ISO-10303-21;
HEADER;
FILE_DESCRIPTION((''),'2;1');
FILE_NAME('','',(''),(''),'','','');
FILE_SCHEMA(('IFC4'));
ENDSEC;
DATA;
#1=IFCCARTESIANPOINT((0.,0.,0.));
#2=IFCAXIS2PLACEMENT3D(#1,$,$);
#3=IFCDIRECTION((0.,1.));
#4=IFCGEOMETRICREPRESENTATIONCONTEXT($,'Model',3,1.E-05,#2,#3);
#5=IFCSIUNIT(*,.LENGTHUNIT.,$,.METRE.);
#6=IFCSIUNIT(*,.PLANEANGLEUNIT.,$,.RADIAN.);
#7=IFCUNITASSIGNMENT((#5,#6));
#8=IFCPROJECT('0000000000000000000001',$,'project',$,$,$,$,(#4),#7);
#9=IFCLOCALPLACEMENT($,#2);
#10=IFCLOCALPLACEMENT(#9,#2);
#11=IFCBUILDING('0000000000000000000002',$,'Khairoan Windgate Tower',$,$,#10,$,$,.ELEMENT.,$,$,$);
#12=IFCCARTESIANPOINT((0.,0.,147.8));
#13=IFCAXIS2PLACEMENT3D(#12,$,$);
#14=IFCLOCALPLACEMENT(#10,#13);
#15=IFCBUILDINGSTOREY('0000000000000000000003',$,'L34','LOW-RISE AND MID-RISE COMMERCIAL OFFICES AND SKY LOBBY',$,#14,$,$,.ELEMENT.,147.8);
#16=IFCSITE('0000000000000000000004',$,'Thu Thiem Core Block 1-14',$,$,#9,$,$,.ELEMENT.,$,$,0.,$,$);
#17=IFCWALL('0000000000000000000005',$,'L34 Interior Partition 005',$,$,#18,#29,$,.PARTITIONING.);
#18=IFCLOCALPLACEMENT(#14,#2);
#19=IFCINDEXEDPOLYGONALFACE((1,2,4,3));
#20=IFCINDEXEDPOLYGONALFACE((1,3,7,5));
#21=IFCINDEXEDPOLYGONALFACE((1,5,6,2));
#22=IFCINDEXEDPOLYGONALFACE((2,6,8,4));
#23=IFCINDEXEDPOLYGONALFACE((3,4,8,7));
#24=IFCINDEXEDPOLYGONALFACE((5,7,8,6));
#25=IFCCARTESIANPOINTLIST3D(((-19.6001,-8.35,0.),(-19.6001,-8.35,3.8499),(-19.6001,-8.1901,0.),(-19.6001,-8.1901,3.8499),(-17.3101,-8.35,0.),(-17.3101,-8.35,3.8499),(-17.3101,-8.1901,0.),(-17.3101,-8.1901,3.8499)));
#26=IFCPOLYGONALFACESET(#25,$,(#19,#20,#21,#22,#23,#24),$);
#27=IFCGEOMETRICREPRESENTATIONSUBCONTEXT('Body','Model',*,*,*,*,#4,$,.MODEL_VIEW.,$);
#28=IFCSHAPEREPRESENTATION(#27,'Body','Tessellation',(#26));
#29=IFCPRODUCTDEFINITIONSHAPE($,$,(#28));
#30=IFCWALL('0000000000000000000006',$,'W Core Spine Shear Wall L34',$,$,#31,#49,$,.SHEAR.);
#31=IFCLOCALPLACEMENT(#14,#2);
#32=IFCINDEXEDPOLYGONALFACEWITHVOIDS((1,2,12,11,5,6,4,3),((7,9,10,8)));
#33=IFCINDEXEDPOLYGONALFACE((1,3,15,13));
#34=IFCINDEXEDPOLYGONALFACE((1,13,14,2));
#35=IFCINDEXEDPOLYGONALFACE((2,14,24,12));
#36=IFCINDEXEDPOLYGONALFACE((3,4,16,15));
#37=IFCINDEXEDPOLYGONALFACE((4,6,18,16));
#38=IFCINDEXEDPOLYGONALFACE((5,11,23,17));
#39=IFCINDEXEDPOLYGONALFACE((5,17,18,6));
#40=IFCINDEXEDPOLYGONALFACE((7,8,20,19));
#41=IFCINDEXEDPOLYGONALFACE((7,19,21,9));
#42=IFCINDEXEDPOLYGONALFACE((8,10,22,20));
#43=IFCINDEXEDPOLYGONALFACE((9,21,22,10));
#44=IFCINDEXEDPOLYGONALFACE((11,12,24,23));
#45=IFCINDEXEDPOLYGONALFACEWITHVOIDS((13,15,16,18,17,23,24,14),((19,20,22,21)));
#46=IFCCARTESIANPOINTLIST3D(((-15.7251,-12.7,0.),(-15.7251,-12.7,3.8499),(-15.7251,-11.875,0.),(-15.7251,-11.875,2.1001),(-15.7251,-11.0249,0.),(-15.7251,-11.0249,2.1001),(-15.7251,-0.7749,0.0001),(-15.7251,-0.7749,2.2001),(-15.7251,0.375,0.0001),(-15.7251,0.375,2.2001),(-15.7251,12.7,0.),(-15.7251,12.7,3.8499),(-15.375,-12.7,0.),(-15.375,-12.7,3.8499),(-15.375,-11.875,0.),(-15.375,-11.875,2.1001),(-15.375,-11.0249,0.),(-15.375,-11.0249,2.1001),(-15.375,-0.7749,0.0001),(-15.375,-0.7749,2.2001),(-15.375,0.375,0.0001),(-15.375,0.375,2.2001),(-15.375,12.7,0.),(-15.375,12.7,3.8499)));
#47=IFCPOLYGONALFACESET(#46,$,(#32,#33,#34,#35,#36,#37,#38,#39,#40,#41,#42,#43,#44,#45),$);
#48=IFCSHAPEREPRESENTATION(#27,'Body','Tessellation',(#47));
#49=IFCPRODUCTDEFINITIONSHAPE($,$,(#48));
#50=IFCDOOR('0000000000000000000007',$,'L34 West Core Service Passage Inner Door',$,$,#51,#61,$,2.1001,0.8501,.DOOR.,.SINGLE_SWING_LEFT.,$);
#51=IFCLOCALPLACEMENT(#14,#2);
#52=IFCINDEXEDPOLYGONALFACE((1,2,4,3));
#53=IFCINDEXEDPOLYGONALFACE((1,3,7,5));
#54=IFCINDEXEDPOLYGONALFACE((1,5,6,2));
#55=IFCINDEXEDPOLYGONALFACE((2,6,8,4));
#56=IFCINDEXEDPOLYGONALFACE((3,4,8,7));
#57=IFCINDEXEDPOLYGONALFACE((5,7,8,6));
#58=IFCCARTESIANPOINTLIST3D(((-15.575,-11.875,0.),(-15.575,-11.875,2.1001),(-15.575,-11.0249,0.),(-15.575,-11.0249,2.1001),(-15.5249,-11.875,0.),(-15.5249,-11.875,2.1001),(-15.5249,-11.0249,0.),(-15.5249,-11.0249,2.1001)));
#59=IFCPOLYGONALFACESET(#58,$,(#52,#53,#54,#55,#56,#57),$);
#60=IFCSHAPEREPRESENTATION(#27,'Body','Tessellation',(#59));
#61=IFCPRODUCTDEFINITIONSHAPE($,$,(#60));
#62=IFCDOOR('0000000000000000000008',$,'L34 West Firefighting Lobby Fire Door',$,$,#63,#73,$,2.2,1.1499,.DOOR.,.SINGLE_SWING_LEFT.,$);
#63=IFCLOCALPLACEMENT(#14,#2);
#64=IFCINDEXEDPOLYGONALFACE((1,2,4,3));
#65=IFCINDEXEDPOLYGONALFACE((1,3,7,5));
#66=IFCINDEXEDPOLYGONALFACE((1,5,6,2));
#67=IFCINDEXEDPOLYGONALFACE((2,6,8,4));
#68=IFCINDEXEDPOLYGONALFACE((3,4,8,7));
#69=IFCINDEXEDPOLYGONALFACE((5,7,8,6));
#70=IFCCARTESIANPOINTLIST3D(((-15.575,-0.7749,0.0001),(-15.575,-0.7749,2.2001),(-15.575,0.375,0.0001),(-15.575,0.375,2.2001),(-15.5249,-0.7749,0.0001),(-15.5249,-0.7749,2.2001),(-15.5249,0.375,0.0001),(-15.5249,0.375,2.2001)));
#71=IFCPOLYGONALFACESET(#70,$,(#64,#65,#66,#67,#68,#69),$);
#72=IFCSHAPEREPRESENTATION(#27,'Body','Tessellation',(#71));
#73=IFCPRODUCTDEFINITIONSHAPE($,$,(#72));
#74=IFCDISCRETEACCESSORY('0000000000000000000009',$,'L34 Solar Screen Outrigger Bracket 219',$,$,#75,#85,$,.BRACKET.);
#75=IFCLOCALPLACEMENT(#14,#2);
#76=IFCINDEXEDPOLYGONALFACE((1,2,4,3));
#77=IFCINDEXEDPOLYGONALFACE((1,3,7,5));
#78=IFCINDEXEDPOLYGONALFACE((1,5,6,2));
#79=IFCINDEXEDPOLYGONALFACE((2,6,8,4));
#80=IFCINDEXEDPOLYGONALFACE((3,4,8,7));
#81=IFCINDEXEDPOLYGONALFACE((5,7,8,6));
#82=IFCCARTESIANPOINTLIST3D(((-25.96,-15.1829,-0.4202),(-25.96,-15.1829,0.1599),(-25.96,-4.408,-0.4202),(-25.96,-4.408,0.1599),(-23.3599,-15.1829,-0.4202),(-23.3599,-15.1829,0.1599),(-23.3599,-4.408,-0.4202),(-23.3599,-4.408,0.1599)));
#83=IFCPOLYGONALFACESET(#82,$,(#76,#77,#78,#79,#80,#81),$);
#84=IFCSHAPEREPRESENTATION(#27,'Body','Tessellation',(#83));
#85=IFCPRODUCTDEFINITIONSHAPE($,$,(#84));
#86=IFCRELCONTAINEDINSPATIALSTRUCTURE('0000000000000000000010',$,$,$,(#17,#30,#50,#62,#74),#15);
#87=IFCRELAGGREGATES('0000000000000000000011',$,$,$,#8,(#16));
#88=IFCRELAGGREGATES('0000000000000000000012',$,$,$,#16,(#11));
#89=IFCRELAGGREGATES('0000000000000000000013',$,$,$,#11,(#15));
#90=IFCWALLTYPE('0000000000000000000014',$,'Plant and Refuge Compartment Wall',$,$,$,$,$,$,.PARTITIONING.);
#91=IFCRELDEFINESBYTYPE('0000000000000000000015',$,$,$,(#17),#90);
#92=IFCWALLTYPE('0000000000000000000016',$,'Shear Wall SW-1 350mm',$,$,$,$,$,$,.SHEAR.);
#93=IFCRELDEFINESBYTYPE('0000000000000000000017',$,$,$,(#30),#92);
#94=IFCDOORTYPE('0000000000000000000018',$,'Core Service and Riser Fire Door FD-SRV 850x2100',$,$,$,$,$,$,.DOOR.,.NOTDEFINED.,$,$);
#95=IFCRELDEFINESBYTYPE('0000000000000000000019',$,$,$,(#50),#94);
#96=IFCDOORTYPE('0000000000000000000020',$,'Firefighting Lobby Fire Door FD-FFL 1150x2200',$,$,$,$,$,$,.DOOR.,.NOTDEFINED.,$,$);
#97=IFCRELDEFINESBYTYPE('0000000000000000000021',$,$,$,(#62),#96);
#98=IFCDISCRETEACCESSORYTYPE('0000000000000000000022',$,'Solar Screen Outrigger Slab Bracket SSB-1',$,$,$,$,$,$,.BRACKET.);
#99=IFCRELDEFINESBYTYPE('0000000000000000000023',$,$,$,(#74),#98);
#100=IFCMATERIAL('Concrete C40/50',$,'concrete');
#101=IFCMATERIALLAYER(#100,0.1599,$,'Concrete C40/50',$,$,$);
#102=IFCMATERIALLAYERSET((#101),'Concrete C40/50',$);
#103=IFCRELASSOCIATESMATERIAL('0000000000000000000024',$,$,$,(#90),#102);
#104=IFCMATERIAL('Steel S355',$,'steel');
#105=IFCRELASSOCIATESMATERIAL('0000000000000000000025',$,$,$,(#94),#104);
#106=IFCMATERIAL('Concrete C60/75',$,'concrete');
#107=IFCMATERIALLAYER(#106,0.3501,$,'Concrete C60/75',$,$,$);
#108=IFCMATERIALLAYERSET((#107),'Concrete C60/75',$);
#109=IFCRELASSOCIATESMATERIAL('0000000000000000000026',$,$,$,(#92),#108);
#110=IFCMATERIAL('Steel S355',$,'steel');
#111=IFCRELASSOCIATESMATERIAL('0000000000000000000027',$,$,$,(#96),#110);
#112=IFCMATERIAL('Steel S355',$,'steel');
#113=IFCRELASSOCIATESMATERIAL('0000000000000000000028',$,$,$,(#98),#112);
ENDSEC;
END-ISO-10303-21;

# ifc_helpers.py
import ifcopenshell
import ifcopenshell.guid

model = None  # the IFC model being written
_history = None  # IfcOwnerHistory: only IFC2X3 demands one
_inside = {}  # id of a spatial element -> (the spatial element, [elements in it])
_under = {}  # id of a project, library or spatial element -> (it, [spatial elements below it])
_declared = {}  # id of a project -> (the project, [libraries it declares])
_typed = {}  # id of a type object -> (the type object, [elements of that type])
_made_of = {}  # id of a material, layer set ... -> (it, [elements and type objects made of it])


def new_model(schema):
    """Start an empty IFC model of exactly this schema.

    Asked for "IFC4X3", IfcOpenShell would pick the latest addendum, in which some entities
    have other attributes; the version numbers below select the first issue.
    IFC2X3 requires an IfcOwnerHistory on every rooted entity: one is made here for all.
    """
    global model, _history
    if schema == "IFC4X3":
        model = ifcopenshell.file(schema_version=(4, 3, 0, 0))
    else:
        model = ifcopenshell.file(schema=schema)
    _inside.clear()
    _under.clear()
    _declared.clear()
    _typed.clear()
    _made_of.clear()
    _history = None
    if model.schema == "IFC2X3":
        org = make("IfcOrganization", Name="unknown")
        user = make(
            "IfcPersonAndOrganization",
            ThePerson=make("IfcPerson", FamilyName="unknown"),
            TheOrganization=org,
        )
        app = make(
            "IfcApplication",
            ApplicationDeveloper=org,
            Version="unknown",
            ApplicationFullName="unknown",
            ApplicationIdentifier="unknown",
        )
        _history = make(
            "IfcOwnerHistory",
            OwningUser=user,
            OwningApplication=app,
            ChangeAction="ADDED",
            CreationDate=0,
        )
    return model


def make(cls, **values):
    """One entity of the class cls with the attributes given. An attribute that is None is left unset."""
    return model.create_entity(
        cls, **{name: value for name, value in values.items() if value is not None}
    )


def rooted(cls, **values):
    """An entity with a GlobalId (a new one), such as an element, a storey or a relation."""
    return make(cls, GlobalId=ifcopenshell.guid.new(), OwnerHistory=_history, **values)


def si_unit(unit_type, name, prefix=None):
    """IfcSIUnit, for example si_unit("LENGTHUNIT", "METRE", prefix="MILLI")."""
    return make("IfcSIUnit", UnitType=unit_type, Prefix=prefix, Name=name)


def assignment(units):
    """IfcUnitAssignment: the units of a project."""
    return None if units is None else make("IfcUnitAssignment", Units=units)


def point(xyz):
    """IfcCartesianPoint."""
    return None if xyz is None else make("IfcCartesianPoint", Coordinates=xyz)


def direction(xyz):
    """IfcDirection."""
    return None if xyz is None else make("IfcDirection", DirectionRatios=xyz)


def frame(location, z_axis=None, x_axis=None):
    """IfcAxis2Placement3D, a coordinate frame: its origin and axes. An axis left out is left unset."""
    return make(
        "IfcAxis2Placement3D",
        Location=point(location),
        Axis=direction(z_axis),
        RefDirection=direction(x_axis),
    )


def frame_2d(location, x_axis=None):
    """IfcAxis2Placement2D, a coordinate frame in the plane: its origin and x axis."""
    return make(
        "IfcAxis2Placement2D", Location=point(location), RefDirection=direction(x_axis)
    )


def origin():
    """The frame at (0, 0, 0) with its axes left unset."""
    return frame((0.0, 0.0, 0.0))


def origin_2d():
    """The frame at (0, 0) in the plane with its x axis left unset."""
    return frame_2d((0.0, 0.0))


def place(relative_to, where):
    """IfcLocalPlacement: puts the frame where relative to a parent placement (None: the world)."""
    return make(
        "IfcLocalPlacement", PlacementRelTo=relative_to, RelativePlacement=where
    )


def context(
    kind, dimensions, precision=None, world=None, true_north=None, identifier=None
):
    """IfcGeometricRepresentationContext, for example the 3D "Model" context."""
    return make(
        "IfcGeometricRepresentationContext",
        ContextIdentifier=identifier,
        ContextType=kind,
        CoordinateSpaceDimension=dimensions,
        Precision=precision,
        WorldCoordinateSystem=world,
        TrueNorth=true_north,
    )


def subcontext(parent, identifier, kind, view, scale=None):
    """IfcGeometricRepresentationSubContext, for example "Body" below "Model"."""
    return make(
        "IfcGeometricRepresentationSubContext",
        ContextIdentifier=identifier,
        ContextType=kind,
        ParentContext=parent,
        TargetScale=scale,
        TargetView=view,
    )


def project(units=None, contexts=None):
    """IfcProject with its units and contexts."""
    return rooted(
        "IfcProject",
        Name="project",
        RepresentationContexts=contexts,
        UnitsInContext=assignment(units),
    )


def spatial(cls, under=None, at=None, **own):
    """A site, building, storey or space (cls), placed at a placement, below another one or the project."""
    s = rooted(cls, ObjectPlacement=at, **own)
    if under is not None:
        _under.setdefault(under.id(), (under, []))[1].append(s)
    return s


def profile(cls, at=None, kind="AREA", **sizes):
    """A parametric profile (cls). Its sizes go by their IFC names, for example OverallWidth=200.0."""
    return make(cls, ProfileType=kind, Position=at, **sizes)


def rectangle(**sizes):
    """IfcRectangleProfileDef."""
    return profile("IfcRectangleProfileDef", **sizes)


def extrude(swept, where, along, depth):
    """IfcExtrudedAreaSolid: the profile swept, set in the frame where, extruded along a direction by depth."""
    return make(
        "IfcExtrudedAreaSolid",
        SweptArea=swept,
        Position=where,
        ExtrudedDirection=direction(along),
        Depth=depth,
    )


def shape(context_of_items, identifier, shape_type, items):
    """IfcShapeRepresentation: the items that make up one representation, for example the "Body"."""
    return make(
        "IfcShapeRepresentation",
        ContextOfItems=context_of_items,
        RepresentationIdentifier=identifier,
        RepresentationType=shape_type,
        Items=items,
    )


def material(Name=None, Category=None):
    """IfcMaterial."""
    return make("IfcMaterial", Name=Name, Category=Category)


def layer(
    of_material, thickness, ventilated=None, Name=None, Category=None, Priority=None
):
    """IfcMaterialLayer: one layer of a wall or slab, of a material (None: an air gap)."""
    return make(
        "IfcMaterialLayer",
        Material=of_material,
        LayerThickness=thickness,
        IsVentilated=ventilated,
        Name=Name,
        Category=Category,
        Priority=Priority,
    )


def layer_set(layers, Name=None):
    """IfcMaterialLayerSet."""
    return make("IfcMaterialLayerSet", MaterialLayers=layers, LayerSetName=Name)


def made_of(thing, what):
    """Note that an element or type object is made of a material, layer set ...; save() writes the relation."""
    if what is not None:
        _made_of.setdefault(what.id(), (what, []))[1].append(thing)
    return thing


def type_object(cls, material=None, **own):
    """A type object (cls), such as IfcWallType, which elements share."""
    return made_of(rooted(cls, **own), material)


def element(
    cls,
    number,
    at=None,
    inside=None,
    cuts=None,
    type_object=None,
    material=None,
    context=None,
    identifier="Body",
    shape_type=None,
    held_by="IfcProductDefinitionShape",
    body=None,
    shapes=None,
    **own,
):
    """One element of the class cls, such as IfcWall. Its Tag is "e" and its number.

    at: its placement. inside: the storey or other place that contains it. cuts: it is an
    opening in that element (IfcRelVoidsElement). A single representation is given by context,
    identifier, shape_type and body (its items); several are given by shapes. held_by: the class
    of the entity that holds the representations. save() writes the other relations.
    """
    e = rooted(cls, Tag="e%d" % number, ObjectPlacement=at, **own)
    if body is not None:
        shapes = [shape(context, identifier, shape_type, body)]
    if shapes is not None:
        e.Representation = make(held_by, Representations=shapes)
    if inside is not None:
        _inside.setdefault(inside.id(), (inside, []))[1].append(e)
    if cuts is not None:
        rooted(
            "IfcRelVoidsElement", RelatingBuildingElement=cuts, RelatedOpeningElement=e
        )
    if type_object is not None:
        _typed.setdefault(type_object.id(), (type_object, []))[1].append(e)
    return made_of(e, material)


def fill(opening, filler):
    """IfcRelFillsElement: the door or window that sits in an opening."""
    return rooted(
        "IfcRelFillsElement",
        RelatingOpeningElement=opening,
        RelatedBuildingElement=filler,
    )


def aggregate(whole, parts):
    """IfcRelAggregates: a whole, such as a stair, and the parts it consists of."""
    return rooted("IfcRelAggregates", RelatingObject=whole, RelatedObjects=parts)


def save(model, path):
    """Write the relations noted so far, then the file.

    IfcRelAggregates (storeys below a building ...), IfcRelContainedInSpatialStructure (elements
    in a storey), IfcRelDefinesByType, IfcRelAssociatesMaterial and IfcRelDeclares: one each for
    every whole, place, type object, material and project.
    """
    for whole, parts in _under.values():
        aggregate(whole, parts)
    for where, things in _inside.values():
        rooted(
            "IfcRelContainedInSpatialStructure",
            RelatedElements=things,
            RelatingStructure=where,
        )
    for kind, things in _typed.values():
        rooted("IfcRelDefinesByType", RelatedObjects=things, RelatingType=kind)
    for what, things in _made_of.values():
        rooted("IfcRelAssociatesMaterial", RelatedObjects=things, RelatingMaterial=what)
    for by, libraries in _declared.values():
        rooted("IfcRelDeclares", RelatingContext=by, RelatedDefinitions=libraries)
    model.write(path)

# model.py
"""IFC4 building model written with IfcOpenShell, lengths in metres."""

from ifc_helpers import new_model, si_unit, direction, frame, frame_2d, origin, origin_2d, place, context, subcontext, project, spatial, rectangle, extrude, material, layer, layer_set, type_object, element, fill, save


model = new_model("IFC4")

# Units and contexts
model_context = context("Model", 3, precision=1e-05, world=origin(), true_north=direction((0.0, 1.0)))
body_context = subcontext(model_context, "Body", "Model", "MODEL_VIEW")
ifc_project = project(units=[si_unit("LENGTHUNIT", "METRE"), si_unit("PLANEANGLEUNIT", "RADIAN")], contexts=[model_context])

# Site, building, storey
site_placement = place(None, origin())
site = spatial("IfcSite", under=ifc_project, at=site_placement, Name="Thu Thiem Core Block 1-14", CompositionType="ELEMENT", RefElevation=0.0)
building_placement = place(site_placement, origin())
building = spatial("IfcBuilding", under=site, at=building_placement, Name="Khairoan Windgate Tower", CompositionType="ELEMENT")
storey_placement = place(building_placement, frame((0.0, 0.0, 147.8)))
storey = spatial("IfcBuildingStorey", under=building, at=storey_placement, Name="L34", Description="LOW-RISE AND MID-RISE COMMERCIAL OFFICES AND SKY LOBBY", CompositionType="ELEMENT", Elevation=147.8)

# Shared definitions
ifc_material_1 = material(Name="Concrete C40/50", Category="concrete")
ifc_layer_1 = layer(ifc_material_1, 0.1599, Name="Concrete C40/50")
ifc_layer_set_1 = layer_set([ifc_layer_1], Name="Concrete C40/50")
wall_type_1 = type_object("IfcWallType", Name="Plant and Refuge Compartment Wall", PredefinedType="PARTITIONING", material=ifc_layer_set_1)
ifc_material_2 = material(Name="Steel S355", Category="steel")
door_type_1 = type_object("IfcDoorType", Name="Core Service and Riser Fire Door FD-SRV 850x2100", OperationType="NOTDEFINED", PredefinedType="DOOR", material=ifc_material_2)

# Wall
for number, where, z_axis, x_axis, name in (
    (1, (-19.6001, -8.27, 0.0), (0.0, 0.0, 1.0), (1.0, 0.0, 0.0), "L34 Interior Partition 005"),
):
    element("IfcWall", number, at=place(storey_placement, frame(where, z_axis=z_axis, x_axis=x_axis)), inside=storey, type_object=wall_type_1, Name=name, PredefinedType="PARTITIONING", context=body_context, shape_type="SweptSolid", body=[
        extrude(rectangle(XDim=2.29, YDim=0.1599, at=frame_2d((1.145, 0.0))), origin(), (0.0, 0.0, 1.0), 3.8499),
    ])

# Wall, openings, doors
ifc_material_3 = material(Name="Concrete C60/75", Category="concrete")
ifc_layer_2 = layer(ifc_material_3, 0.3501, Name="Concrete C60/75")
ifc_layer_set_2 = layer_set([ifc_layer_2], Name="Concrete C60/75")
wall_type_2 = type_object("IfcWallType", Name="Shear Wall SW-1 350mm", PredefinedType="SHEAR", material=ifc_layer_set_2)
wall_1_placement = place(storey_placement, frame((-15.55, -12.7, 0.0), z_axis=(0.0, 0.0, 1.0), x_axis=(0.0, 1.0, 0.0)))
wall_1 = element("IfcWall", 2, at=wall_1_placement, inside=storey, type_object=wall_type_2, Name="W Core Spine Shear Wall L34", PredefinedType="SHEAR", context=body_context, shape_type="SweptSolid", body=[
    extrude(rectangle(XDim=25.3999, YDim=0.3501, at=frame_2d((12.7, 0.0))), origin(), (0.0, 0.0, 1.0), 3.8499),
])
opening_1_placement = place(wall_1_placement, frame((11.925, 0.0, 0.0)))
opening_1 = element("IfcOpeningElement", 3, at=opening_1_placement, cuts=wall_1, PredefinedType="OPENING", context=body_context, shape_type="SweptSolid", body=[
    extrude(rectangle(XDim=1.1499, YDim=2.2, at=frame_2d((0.575, 1.1001))), frame((0.0, 0.1851, 0.0), z_axis=(0.0, -1.0, 0.0), x_axis=(1.0, 0.0, 0.0)), (0.0, 0.0, 1.0), 0.3701),
])
opening_2_placement = place(wall_1_placement, frame((0.825, 0.0, 0.0)))
opening_2 = element("IfcOpeningElement", 4, at=opening_2_placement, cuts=wall_1, PredefinedType="OPENING", context=body_context, shape_type="SweptSolid", body=[
    extrude(rectangle(XDim=0.8501, YDim=2.1001, at=frame_2d((0.425, 1.05))), frame((0.0, 0.1851, 0.0), z_axis=(0.0, -1.0, 0.0), x_axis=(1.0, 0.0, 0.0)), (0.0, 0.0, 1.0), 0.3701),
])
door_1_placement = place(opening_2_placement, origin())
door_1 = element("IfcDoor", 5, at=door_1_placement, inside=storey, type_object=door_type_1, Name="L34 West Core Service Passage Inner Door", OperationType="SINGLE_SWING_LEFT", OverallHeight=2.1001, OverallWidth=0.8501, PredefinedType="DOOR", context=body_context, shape_type="SweptSolid", body=[
    extrude(rectangle(XDim=0.8501, YDim=2.1001, at=frame_2d((0.425, 1.05))), frame((0.0, 0.0249, 0.0), z_axis=(0.0, -1.0, 0.0), x_axis=(1.0, 0.0, 0.0)), (0.0, 0.0, 1.0), 0.05),
])
fill(opening_2, door_1)
ifc_material_4 = material(Name="Steel S355", Category="steel")
door_type_2 = type_object("IfcDoorType", Name="Firefighting Lobby Fire Door FD-FFL 1150x2200", OperationType="NOTDEFINED", PredefinedType="DOOR", material=ifc_material_4)
door_2_placement = place(opening_1_placement, origin())
door_2 = element("IfcDoor", 6, at=door_2_placement, inside=storey, type_object=door_type_2, Name="L34 West Firefighting Lobby Fire Door", OperationType="SINGLE_SWING_LEFT", OverallHeight=2.2, OverallWidth=1.1499, PredefinedType="DOOR", context=body_context, shape_type="SweptSolid", body=[
    extrude(rectangle(XDim=1.1499, YDim=2.2, at=frame_2d((0.575, 1.1001))), frame((0.0, 0.0249, 0.0), z_axis=(0.0, -1.0, 0.0), x_axis=(1.0, 0.0, 0.0)), (0.0, 0.0, 1.0), 0.05),
])
fill(opening_1, door_2)

# Discrete accessory
ifc_material_5 = material(Name="Steel S355", Category="steel")
discrete_accessory_type = type_object("IfcDiscreteAccessoryType", Name="Solar Screen Outrigger Slab Bracket SSB-1", PredefinedType="BRACKET", material=ifc_material_5)
discrete_accessory_placement = place(storey_placement, frame((-24.6599, -9.7954, -0.4202), z_axis=(0.0, 0.0, 1.0), x_axis=(0.0, 1.0, 0.0)))
element("IfcDiscreteAccessory", 7, at=discrete_accessory_placement, inside=storey, type_object=discrete_accessory_type, Name="L34 Solar Screen Outrigger Bracket 219", PredefinedType="BRACKET", context=body_context, shape_type="SweptSolid", body=[
    extrude(rectangle(XDim=10.7749, YDim=2.6001, at=origin_2d()), origin(), (0.0, 0.0, 1.0), 0.5801),
])

save(model, "model.ifc")
